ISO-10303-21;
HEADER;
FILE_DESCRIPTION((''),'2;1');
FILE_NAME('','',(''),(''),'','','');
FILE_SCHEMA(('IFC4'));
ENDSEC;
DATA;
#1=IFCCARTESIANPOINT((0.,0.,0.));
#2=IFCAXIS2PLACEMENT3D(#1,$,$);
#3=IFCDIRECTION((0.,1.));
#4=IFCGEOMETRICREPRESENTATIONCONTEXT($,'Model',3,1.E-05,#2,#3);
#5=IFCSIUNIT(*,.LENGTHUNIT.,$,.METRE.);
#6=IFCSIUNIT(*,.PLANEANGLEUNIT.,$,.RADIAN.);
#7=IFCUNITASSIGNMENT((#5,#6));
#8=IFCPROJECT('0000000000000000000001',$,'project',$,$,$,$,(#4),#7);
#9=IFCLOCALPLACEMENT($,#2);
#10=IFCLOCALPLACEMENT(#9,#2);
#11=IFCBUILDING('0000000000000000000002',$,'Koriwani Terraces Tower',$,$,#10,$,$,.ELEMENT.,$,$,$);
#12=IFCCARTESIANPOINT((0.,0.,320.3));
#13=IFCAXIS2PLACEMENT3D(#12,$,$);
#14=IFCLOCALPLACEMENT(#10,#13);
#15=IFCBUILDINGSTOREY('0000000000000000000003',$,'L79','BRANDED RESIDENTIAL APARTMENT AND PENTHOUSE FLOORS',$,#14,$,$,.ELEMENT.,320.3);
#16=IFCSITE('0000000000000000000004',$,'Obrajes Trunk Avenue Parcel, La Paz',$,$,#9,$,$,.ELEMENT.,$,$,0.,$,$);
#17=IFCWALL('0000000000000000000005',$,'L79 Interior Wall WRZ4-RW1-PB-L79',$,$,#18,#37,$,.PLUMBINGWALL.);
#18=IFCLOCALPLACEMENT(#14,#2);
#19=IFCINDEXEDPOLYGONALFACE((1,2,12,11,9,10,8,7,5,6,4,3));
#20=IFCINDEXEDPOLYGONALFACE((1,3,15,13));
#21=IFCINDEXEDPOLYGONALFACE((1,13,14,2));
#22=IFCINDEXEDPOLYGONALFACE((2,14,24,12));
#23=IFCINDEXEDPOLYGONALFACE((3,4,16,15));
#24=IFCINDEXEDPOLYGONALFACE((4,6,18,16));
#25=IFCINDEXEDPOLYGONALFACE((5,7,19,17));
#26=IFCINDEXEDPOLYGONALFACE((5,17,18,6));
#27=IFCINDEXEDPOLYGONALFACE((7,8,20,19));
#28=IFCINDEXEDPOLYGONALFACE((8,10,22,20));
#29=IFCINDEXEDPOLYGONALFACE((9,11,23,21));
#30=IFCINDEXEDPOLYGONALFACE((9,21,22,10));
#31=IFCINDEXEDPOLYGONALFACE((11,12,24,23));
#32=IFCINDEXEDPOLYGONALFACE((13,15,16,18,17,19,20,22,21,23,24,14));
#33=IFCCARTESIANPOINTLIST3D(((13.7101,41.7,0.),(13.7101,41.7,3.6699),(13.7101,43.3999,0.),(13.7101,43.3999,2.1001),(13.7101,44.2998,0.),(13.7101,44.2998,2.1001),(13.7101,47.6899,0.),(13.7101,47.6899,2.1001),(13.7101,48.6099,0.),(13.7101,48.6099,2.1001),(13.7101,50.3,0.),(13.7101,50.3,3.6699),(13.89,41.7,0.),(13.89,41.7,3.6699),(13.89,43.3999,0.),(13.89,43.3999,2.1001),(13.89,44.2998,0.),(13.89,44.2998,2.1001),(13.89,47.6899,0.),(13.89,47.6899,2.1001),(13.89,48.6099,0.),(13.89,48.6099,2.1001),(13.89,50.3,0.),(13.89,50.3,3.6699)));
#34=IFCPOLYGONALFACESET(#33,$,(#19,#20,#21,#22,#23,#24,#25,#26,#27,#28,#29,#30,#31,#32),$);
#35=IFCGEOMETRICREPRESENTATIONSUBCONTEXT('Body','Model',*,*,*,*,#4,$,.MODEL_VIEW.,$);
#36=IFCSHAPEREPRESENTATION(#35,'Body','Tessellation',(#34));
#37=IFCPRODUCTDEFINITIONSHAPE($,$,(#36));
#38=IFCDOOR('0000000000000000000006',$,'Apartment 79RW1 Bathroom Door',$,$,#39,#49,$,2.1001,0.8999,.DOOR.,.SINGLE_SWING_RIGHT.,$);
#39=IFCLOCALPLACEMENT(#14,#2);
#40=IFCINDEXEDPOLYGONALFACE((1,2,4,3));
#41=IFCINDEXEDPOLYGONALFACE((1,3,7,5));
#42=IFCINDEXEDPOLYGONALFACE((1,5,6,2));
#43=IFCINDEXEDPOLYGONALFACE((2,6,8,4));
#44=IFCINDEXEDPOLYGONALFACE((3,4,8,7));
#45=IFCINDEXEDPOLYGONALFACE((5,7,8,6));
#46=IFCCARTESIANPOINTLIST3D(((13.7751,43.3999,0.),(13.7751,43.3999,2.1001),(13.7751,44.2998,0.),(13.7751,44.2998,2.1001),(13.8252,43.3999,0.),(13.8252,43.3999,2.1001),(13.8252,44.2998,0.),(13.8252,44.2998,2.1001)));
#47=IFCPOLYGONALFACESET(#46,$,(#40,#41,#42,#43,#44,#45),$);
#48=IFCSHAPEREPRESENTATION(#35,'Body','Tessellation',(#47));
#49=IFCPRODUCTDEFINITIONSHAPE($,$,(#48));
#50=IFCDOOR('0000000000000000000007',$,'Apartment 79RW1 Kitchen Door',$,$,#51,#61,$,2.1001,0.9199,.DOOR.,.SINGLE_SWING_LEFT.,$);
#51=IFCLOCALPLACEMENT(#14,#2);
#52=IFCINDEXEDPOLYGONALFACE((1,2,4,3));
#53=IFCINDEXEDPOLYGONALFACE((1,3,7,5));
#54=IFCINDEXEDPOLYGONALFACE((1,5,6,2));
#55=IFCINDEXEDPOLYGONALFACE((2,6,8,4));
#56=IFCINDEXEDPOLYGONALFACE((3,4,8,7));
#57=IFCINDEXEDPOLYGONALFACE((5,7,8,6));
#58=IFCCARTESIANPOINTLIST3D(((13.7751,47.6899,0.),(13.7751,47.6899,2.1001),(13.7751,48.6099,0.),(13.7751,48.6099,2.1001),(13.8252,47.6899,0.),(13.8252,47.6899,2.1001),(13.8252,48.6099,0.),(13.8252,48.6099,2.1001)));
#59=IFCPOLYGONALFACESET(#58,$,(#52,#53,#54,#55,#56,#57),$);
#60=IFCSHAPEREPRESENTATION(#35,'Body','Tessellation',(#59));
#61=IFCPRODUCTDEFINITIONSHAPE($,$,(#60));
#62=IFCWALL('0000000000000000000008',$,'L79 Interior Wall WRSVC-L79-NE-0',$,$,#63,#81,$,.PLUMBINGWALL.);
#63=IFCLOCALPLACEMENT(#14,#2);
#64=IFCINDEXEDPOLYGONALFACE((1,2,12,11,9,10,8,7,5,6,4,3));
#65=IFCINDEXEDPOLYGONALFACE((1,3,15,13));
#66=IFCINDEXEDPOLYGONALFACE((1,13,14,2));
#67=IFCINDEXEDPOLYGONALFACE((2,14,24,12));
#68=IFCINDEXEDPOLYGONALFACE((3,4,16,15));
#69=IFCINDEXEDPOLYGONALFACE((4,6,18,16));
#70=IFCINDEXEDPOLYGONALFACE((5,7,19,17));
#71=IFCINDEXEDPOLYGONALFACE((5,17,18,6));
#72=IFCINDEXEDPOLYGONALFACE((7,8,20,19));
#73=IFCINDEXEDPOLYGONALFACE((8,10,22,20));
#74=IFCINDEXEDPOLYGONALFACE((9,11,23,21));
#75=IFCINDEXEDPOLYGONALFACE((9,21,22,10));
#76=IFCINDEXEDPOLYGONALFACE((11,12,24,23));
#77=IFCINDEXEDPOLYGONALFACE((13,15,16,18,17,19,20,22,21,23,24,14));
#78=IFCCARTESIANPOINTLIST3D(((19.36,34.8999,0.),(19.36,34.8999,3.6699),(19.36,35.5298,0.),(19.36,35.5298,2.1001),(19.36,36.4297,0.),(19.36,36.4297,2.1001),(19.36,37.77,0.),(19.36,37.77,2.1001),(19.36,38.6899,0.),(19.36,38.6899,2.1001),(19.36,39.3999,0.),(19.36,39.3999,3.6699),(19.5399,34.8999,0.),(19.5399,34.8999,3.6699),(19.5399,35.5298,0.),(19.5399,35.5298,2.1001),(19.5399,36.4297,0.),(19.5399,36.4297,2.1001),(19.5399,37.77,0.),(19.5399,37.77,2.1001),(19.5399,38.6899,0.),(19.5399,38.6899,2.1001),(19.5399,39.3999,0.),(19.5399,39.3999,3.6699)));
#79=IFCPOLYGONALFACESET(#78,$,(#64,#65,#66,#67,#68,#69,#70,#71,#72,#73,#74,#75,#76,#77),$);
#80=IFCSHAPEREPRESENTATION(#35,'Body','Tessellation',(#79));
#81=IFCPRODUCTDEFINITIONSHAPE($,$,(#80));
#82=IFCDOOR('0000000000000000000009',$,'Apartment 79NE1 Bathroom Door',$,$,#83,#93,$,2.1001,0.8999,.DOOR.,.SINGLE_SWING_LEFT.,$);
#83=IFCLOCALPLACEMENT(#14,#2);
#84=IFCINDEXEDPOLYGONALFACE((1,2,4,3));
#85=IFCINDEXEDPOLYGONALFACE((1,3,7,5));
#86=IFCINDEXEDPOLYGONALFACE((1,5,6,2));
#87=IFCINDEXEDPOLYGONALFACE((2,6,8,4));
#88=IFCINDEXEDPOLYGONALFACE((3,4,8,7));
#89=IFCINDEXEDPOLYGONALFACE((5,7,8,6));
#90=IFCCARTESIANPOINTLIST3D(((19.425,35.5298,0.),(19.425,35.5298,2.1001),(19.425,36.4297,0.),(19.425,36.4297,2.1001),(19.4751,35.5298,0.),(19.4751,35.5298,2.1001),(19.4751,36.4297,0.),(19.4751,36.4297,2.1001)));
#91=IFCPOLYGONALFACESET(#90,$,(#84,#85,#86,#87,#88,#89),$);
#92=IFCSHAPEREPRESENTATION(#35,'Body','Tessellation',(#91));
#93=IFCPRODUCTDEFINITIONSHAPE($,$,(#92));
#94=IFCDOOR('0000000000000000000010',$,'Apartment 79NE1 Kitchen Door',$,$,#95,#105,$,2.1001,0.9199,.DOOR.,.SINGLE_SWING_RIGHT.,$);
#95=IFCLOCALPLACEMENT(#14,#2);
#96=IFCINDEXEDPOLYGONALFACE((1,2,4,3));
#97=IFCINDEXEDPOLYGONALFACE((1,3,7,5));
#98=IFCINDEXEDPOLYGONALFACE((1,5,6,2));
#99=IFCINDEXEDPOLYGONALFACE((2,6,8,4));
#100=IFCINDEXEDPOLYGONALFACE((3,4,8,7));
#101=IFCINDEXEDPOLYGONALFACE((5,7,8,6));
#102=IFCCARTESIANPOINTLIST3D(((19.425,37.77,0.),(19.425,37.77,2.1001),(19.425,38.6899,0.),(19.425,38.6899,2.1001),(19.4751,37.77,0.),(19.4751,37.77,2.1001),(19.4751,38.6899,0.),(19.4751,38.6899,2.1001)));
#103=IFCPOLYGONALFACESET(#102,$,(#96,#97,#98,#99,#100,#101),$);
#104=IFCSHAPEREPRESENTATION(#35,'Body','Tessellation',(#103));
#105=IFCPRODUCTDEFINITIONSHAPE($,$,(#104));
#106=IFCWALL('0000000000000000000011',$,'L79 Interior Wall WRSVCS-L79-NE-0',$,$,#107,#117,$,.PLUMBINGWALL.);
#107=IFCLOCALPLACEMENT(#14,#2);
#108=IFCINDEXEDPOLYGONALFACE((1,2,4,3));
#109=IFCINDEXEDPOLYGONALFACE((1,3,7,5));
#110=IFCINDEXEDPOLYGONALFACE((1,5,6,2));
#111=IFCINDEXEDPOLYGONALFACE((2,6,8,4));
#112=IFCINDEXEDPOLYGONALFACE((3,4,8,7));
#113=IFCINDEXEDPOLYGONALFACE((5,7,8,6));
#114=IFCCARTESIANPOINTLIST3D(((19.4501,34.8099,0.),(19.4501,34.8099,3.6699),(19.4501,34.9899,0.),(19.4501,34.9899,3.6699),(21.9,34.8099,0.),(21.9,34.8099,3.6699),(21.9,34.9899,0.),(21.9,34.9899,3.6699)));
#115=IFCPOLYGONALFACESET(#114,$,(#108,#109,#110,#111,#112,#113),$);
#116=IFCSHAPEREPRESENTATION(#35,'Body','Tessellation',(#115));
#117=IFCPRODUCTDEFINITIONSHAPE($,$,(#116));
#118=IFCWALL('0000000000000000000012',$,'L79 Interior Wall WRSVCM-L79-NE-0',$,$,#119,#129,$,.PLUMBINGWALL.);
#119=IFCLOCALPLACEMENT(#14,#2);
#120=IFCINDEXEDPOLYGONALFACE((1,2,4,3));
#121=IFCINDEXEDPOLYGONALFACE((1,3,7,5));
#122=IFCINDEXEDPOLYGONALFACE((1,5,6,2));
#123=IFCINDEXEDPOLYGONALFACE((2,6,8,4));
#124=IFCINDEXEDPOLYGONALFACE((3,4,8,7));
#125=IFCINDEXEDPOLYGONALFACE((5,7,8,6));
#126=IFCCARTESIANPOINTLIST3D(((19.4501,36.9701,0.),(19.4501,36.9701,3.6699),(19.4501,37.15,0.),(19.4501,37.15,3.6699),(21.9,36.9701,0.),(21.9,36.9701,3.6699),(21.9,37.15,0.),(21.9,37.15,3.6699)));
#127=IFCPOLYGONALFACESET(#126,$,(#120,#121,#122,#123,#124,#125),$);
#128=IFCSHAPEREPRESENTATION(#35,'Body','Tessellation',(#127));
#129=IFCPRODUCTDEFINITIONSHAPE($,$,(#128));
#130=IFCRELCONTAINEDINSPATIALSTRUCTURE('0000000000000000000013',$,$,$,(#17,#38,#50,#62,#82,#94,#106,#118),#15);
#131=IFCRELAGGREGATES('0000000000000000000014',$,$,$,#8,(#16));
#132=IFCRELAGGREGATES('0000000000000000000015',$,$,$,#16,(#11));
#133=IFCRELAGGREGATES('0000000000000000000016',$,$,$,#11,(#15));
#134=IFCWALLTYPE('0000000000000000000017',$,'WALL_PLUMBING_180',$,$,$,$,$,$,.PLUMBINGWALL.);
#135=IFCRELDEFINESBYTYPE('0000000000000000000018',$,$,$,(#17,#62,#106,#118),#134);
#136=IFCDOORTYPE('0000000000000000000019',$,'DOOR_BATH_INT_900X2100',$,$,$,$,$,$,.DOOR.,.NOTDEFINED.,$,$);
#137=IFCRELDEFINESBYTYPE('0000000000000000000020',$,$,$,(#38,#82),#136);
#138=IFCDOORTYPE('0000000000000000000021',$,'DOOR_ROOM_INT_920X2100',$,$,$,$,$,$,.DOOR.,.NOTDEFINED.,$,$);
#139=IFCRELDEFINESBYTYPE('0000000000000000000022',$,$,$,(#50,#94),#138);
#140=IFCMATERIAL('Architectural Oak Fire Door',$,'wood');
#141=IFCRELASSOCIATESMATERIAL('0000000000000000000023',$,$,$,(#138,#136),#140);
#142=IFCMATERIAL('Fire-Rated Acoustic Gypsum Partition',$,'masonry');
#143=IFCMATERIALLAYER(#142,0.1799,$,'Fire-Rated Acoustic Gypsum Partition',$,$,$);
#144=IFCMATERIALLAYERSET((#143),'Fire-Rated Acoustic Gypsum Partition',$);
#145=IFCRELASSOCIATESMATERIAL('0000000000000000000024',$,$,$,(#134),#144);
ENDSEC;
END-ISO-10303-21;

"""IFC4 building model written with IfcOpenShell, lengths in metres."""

from ifc_helpers import new_model, si_unit, direction, frame, frame_2d, origin, place, context, subcontext, project, spatial, rectangle, extrude, material, layer, layer_set, type_object, element, fill, save


model = new_model("IFC4")

# Units and contexts
model_context = context("Model", 3, precision=1e-05, world=origin(), true_north=direction((0.0, 1.0)))
body_context = subcontext(model_context, "Body", "Model", "MODEL_VIEW")
ifc_project = project(units=[si_unit("LENGTHUNIT", "METRE"), si_unit("PLANEANGLEUNIT", "RADIAN")], contexts=[model_context])

# Site, building, storey
site_placement = place(None, origin())
site = spatial("IfcSite", under=ifc_project, at=site_placement, Name="Obrajes Trunk Avenue Parcel, La Paz", CompositionType="ELEMENT", RefElevation=0.0)
building_placement = place(site_placement, origin())
building = spatial("IfcBuilding", under=site, at=building_placement, Name="Koriwani Terraces Tower", CompositionType="ELEMENT")
storey_placement = place(building_placement, frame((0.0, 0.0, 320.3)))
storey = spatial("IfcBuildingStorey", under=building, at=storey_placement, Name="L79", Description="BRANDED RESIDENTIAL APARTMENT AND PENTHOUSE FLOORS", CompositionType="ELEMENT", Elevation=320.3)

# Shared definitions
ifc_material_1 = material(Name="Architectural Oak Fire Door", Category="wood")

# Shared definitions
ifc_material_2 = material(Name="Fire-Rated Acoustic Gypsum Partition", Category="masonry")
door_type_1 = type_object("IfcDoorType", Name="DOOR_ROOM_INT_920X2100", OperationType="NOTDEFINED", PredefinedType="DOOR", material=ifc_material_1)

# Walls, openings, doors
ifc_layer_1 = layer(ifc_material_2, 0.1799, Name="Fire-Rated Acoustic Gypsum Partition")
ifc_layer_set_1 = layer_set([ifc_layer_1], Name="Fire-Rated Acoustic Gypsum Partition")
wall_type_1 = type_object("IfcWallType", Name="WALL_PLUMBING_180", PredefinedType="PLUMBINGWALL", material=ifc_layer_set_1)
wall_1_placement = place(storey_placement, frame((13.8, 41.7, 0.0), z_axis=(0.0, 0.0, 1.0), x_axis=(0.0, 1.0, 0.0)))
wall_1 = element("IfcWall", 1, at=wall_1_placement, inside=storey, type_object=wall_type_1, Name="L79 Interior Wall WRZ4-RW1-PB-L79", PredefinedType="PLUMBINGWALL", context=body_context, shape_type="SweptSolid", body=[
    extrude(rectangle(XDim=8.6001, YDim=0.1799, at=frame_2d((4.3, 0.0))), origin(), (0.0, 0.0, 1.0), 3.6699),
])
opening_1_placement = place(wall_1_placement, frame((1.7, 0.0, 0.0)))
opening_1 = element("IfcOpeningElement", 2, at=opening_1_placement, cuts=wall_1, PredefinedType="OPENING", context=body_context, shape_type="SweptSolid", body=[
    extrude(rectangle(XDim=0.8999, YDim=2.1001, at=frame_2d((0.45, 1.05))), frame((0.0, 0.1001, 0.0), z_axis=(0.0, -1.0, 0.0), x_axis=(1.0, 0.0, 0.0)), (0.0, 0.0, 1.0), 0.2),
])
opening_2_placement = place(wall_1_placement, frame((5.99, 0.0, 0.0)))
opening_2 = element("IfcOpeningElement", 3, at=opening_2_placement, cuts=wall_1, PredefinedType="OPENING", context=body_context, shape_type="SweptSolid", body=[
    extrude(rectangle(XDim=0.9199, YDim=2.1001, at=frame_2d((0.46, 1.05))), frame((0.0, 0.1001, 0.0), z_axis=(0.0, -1.0, 0.0), x_axis=(1.0, 0.0, 0.0)), (0.0, 0.0, 1.0), 0.2),
])
door_type_2 = type_object("IfcDoorType", Name="DOOR_BATH_INT_900X2100", OperationType="NOTDEFINED", PredefinedType="DOOR", material=ifc_material_1)
door_1_placement = place(opening_1_placement, origin())
door_1 = element("IfcDoor", 4, at=door_1_placement, inside=storey, type_object=door_type_2, Name="Apartment 79RW1 Bathroom Door", OperationType="SINGLE_SWING_RIGHT", OverallHeight=2.1001, OverallWidth=0.8999, PredefinedType="DOOR", context=body_context, shape_type="SweptSolid", body=[
    extrude(rectangle(XDim=0.8999, YDim=2.1001, at=frame_2d((0.45, 1.05))), frame((0.0, 0.0249, 0.0), z_axis=(0.0, -1.0, 0.0), x_axis=(1.0, 0.0, 0.0)), (0.0, 0.0, 1.0), 0.05),
])
fill(opening_1, door_1)
door_2_placement = place(opening_2_placement, origin())
door_2 = element("IfcDoor", 5, at=door_2_placement, inside=storey, type_object=door_type_1, Name="Apartment 79RW1 Kitchen Door", OperationType="SINGLE_SWING_LEFT", OverallHeight=2.1001, OverallWidth=0.9199, PredefinedType="DOOR", context=body_context, shape_type="SweptSolid", body=[
    extrude(rectangle(XDim=0.9199, YDim=2.1001, at=frame_2d((0.46, 1.05))), frame((0.0, 0.0249, 0.0), z_axis=(0.0, -1.0, 0.0), x_axis=(1.0, 0.0, 0.0)), (0.0, 0.0, 1.0), 0.05),
])
fill(opening_2, door_2)
wall_2_placement = place(storey_placement, frame((19.45, 34.8999, 0.0), z_axis=(0.0, 0.0, 1.0), x_axis=(0.0, 1.0, 0.0)))
wall_2 = element("IfcWall", 6, at=wall_2_placement, inside=storey, type_object=wall_type_1, Name="L79 Interior Wall WRSVC-L79-NE-0", PredefinedType="PLUMBINGWALL", context=body_context, shape_type="SweptSolid", body=[
    extrude(rectangle(XDim=4.5, YDim=0.1799, at=frame_2d((2.25, 0.0))), origin(), (0.0, 0.0, 1.0), 3.6699),
])
opening_3_placement = place(wall_2_placement, frame((0.6299, 0.0, 0.0)))
opening_3 = element("IfcOpeningElement", 7, at=opening_3_placement, cuts=wall_2, PredefinedType="OPENING", context=body_context, shape_type="SweptSolid", body=[
    extrude(rectangle(XDim=0.8999, YDim=2.1001, at=frame_2d((0.45, 1.05))), frame((0.0, 0.1001, 0.0), z_axis=(0.0, -1.0, 0.0), x_axis=(1.0, 0.0, 0.0)), (0.0, 0.0, 1.0), 0.2),
])
opening_4_placement = place(wall_2_placement, frame((2.8701, 0.0, 0.0)))
opening_4 = element("IfcOpeningElement", 8, at=opening_4_placement, cuts=wall_2, PredefinedType="OPENING", context=body_context, shape_type="SweptSolid", body=[
    extrude(rectangle(XDim=0.9199, YDim=2.1001, at=frame_2d((0.46, 1.05))), frame((0.0, 0.1001, 0.0), z_axis=(0.0, -1.0, 0.0), x_axis=(1.0, 0.0, 0.0)), (0.0, 0.0, 1.0), 0.2),
])
door_3_placement = place(opening_3_placement, origin())
door_3 = element("IfcDoor", 9, at=door_3_placement, inside=storey, type_object=door_type_2, Name="Apartment 79NE1 Bathroom Door", OperationType="SINGLE_SWING_LEFT", OverallHeight=2.1001, OverallWidth=0.8999, PredefinedType="DOOR", context=body_context, shape_type="SweptSolid", body=[
    extrude(rectangle(XDim=0.8999, YDim=2.1001, at=frame_2d((0.45, 1.05))), frame((0.0, 0.0249, 0.0), z_axis=(0.0, -1.0, 0.0), x_axis=(1.0, 0.0, 0.0)), (0.0, 0.0, 1.0), 0.05),
])
fill(opening_3, door_3)
door_4_placement = place(opening_4_placement, origin())
door_4 = element("IfcDoor", 10, at=door_4_placement, inside=storey, type_object=door_type_1, Name="Apartment 79NE1 Kitchen Door", OperationType="SINGLE_SWING_RIGHT", OverallHeight=2.1001, OverallWidth=0.9199, PredefinedType="DOOR", context=body_context, shape_type="SweptSolid", body=[
    extrude(rectangle(XDim=0.9199, YDim=2.1001, at=frame_2d((0.46, 1.05))), frame((0.0, 0.0249, 0.0), z_axis=(0.0, -1.0, 0.0), x_axis=(1.0, 0.0, 0.0)), (0.0, 0.0, 1.0), 0.05),
])
fill(opening_4, door_4)

# Walls
for number, where, z_axis, x_axis, name in (
    (11, (19.45, 34.8999, 0.0), (0.0, 0.0, 1.0), (1.0, 0.0, 0.0), "L79 Interior Wall WRSVCS-L79-NE-0"),
    (12, (19.45, 37.0601, 0.0), (0.0, 0.0, 1.0), (1.0, 0.0, 0.0), "L79 Interior Wall WRSVCM-L79-NE-0"),
):
    element("IfcWall", number, at=place(storey_placement, frame(where, z_axis=z_axis, x_axis=x_axis)), inside=storey, type_object=wall_type_1, Name=name, PredefinedType="PLUMBINGWALL", context=body_context, shape_type="SweptSolid", body=[
        extrude(rectangle(XDim=2.45, YDim=0.1799, at=frame_2d((1.2251, 0.0))), origin(), (0.0, 0.0, 1.0), 3.6699),
    ])

save(model, "model.ifc")
